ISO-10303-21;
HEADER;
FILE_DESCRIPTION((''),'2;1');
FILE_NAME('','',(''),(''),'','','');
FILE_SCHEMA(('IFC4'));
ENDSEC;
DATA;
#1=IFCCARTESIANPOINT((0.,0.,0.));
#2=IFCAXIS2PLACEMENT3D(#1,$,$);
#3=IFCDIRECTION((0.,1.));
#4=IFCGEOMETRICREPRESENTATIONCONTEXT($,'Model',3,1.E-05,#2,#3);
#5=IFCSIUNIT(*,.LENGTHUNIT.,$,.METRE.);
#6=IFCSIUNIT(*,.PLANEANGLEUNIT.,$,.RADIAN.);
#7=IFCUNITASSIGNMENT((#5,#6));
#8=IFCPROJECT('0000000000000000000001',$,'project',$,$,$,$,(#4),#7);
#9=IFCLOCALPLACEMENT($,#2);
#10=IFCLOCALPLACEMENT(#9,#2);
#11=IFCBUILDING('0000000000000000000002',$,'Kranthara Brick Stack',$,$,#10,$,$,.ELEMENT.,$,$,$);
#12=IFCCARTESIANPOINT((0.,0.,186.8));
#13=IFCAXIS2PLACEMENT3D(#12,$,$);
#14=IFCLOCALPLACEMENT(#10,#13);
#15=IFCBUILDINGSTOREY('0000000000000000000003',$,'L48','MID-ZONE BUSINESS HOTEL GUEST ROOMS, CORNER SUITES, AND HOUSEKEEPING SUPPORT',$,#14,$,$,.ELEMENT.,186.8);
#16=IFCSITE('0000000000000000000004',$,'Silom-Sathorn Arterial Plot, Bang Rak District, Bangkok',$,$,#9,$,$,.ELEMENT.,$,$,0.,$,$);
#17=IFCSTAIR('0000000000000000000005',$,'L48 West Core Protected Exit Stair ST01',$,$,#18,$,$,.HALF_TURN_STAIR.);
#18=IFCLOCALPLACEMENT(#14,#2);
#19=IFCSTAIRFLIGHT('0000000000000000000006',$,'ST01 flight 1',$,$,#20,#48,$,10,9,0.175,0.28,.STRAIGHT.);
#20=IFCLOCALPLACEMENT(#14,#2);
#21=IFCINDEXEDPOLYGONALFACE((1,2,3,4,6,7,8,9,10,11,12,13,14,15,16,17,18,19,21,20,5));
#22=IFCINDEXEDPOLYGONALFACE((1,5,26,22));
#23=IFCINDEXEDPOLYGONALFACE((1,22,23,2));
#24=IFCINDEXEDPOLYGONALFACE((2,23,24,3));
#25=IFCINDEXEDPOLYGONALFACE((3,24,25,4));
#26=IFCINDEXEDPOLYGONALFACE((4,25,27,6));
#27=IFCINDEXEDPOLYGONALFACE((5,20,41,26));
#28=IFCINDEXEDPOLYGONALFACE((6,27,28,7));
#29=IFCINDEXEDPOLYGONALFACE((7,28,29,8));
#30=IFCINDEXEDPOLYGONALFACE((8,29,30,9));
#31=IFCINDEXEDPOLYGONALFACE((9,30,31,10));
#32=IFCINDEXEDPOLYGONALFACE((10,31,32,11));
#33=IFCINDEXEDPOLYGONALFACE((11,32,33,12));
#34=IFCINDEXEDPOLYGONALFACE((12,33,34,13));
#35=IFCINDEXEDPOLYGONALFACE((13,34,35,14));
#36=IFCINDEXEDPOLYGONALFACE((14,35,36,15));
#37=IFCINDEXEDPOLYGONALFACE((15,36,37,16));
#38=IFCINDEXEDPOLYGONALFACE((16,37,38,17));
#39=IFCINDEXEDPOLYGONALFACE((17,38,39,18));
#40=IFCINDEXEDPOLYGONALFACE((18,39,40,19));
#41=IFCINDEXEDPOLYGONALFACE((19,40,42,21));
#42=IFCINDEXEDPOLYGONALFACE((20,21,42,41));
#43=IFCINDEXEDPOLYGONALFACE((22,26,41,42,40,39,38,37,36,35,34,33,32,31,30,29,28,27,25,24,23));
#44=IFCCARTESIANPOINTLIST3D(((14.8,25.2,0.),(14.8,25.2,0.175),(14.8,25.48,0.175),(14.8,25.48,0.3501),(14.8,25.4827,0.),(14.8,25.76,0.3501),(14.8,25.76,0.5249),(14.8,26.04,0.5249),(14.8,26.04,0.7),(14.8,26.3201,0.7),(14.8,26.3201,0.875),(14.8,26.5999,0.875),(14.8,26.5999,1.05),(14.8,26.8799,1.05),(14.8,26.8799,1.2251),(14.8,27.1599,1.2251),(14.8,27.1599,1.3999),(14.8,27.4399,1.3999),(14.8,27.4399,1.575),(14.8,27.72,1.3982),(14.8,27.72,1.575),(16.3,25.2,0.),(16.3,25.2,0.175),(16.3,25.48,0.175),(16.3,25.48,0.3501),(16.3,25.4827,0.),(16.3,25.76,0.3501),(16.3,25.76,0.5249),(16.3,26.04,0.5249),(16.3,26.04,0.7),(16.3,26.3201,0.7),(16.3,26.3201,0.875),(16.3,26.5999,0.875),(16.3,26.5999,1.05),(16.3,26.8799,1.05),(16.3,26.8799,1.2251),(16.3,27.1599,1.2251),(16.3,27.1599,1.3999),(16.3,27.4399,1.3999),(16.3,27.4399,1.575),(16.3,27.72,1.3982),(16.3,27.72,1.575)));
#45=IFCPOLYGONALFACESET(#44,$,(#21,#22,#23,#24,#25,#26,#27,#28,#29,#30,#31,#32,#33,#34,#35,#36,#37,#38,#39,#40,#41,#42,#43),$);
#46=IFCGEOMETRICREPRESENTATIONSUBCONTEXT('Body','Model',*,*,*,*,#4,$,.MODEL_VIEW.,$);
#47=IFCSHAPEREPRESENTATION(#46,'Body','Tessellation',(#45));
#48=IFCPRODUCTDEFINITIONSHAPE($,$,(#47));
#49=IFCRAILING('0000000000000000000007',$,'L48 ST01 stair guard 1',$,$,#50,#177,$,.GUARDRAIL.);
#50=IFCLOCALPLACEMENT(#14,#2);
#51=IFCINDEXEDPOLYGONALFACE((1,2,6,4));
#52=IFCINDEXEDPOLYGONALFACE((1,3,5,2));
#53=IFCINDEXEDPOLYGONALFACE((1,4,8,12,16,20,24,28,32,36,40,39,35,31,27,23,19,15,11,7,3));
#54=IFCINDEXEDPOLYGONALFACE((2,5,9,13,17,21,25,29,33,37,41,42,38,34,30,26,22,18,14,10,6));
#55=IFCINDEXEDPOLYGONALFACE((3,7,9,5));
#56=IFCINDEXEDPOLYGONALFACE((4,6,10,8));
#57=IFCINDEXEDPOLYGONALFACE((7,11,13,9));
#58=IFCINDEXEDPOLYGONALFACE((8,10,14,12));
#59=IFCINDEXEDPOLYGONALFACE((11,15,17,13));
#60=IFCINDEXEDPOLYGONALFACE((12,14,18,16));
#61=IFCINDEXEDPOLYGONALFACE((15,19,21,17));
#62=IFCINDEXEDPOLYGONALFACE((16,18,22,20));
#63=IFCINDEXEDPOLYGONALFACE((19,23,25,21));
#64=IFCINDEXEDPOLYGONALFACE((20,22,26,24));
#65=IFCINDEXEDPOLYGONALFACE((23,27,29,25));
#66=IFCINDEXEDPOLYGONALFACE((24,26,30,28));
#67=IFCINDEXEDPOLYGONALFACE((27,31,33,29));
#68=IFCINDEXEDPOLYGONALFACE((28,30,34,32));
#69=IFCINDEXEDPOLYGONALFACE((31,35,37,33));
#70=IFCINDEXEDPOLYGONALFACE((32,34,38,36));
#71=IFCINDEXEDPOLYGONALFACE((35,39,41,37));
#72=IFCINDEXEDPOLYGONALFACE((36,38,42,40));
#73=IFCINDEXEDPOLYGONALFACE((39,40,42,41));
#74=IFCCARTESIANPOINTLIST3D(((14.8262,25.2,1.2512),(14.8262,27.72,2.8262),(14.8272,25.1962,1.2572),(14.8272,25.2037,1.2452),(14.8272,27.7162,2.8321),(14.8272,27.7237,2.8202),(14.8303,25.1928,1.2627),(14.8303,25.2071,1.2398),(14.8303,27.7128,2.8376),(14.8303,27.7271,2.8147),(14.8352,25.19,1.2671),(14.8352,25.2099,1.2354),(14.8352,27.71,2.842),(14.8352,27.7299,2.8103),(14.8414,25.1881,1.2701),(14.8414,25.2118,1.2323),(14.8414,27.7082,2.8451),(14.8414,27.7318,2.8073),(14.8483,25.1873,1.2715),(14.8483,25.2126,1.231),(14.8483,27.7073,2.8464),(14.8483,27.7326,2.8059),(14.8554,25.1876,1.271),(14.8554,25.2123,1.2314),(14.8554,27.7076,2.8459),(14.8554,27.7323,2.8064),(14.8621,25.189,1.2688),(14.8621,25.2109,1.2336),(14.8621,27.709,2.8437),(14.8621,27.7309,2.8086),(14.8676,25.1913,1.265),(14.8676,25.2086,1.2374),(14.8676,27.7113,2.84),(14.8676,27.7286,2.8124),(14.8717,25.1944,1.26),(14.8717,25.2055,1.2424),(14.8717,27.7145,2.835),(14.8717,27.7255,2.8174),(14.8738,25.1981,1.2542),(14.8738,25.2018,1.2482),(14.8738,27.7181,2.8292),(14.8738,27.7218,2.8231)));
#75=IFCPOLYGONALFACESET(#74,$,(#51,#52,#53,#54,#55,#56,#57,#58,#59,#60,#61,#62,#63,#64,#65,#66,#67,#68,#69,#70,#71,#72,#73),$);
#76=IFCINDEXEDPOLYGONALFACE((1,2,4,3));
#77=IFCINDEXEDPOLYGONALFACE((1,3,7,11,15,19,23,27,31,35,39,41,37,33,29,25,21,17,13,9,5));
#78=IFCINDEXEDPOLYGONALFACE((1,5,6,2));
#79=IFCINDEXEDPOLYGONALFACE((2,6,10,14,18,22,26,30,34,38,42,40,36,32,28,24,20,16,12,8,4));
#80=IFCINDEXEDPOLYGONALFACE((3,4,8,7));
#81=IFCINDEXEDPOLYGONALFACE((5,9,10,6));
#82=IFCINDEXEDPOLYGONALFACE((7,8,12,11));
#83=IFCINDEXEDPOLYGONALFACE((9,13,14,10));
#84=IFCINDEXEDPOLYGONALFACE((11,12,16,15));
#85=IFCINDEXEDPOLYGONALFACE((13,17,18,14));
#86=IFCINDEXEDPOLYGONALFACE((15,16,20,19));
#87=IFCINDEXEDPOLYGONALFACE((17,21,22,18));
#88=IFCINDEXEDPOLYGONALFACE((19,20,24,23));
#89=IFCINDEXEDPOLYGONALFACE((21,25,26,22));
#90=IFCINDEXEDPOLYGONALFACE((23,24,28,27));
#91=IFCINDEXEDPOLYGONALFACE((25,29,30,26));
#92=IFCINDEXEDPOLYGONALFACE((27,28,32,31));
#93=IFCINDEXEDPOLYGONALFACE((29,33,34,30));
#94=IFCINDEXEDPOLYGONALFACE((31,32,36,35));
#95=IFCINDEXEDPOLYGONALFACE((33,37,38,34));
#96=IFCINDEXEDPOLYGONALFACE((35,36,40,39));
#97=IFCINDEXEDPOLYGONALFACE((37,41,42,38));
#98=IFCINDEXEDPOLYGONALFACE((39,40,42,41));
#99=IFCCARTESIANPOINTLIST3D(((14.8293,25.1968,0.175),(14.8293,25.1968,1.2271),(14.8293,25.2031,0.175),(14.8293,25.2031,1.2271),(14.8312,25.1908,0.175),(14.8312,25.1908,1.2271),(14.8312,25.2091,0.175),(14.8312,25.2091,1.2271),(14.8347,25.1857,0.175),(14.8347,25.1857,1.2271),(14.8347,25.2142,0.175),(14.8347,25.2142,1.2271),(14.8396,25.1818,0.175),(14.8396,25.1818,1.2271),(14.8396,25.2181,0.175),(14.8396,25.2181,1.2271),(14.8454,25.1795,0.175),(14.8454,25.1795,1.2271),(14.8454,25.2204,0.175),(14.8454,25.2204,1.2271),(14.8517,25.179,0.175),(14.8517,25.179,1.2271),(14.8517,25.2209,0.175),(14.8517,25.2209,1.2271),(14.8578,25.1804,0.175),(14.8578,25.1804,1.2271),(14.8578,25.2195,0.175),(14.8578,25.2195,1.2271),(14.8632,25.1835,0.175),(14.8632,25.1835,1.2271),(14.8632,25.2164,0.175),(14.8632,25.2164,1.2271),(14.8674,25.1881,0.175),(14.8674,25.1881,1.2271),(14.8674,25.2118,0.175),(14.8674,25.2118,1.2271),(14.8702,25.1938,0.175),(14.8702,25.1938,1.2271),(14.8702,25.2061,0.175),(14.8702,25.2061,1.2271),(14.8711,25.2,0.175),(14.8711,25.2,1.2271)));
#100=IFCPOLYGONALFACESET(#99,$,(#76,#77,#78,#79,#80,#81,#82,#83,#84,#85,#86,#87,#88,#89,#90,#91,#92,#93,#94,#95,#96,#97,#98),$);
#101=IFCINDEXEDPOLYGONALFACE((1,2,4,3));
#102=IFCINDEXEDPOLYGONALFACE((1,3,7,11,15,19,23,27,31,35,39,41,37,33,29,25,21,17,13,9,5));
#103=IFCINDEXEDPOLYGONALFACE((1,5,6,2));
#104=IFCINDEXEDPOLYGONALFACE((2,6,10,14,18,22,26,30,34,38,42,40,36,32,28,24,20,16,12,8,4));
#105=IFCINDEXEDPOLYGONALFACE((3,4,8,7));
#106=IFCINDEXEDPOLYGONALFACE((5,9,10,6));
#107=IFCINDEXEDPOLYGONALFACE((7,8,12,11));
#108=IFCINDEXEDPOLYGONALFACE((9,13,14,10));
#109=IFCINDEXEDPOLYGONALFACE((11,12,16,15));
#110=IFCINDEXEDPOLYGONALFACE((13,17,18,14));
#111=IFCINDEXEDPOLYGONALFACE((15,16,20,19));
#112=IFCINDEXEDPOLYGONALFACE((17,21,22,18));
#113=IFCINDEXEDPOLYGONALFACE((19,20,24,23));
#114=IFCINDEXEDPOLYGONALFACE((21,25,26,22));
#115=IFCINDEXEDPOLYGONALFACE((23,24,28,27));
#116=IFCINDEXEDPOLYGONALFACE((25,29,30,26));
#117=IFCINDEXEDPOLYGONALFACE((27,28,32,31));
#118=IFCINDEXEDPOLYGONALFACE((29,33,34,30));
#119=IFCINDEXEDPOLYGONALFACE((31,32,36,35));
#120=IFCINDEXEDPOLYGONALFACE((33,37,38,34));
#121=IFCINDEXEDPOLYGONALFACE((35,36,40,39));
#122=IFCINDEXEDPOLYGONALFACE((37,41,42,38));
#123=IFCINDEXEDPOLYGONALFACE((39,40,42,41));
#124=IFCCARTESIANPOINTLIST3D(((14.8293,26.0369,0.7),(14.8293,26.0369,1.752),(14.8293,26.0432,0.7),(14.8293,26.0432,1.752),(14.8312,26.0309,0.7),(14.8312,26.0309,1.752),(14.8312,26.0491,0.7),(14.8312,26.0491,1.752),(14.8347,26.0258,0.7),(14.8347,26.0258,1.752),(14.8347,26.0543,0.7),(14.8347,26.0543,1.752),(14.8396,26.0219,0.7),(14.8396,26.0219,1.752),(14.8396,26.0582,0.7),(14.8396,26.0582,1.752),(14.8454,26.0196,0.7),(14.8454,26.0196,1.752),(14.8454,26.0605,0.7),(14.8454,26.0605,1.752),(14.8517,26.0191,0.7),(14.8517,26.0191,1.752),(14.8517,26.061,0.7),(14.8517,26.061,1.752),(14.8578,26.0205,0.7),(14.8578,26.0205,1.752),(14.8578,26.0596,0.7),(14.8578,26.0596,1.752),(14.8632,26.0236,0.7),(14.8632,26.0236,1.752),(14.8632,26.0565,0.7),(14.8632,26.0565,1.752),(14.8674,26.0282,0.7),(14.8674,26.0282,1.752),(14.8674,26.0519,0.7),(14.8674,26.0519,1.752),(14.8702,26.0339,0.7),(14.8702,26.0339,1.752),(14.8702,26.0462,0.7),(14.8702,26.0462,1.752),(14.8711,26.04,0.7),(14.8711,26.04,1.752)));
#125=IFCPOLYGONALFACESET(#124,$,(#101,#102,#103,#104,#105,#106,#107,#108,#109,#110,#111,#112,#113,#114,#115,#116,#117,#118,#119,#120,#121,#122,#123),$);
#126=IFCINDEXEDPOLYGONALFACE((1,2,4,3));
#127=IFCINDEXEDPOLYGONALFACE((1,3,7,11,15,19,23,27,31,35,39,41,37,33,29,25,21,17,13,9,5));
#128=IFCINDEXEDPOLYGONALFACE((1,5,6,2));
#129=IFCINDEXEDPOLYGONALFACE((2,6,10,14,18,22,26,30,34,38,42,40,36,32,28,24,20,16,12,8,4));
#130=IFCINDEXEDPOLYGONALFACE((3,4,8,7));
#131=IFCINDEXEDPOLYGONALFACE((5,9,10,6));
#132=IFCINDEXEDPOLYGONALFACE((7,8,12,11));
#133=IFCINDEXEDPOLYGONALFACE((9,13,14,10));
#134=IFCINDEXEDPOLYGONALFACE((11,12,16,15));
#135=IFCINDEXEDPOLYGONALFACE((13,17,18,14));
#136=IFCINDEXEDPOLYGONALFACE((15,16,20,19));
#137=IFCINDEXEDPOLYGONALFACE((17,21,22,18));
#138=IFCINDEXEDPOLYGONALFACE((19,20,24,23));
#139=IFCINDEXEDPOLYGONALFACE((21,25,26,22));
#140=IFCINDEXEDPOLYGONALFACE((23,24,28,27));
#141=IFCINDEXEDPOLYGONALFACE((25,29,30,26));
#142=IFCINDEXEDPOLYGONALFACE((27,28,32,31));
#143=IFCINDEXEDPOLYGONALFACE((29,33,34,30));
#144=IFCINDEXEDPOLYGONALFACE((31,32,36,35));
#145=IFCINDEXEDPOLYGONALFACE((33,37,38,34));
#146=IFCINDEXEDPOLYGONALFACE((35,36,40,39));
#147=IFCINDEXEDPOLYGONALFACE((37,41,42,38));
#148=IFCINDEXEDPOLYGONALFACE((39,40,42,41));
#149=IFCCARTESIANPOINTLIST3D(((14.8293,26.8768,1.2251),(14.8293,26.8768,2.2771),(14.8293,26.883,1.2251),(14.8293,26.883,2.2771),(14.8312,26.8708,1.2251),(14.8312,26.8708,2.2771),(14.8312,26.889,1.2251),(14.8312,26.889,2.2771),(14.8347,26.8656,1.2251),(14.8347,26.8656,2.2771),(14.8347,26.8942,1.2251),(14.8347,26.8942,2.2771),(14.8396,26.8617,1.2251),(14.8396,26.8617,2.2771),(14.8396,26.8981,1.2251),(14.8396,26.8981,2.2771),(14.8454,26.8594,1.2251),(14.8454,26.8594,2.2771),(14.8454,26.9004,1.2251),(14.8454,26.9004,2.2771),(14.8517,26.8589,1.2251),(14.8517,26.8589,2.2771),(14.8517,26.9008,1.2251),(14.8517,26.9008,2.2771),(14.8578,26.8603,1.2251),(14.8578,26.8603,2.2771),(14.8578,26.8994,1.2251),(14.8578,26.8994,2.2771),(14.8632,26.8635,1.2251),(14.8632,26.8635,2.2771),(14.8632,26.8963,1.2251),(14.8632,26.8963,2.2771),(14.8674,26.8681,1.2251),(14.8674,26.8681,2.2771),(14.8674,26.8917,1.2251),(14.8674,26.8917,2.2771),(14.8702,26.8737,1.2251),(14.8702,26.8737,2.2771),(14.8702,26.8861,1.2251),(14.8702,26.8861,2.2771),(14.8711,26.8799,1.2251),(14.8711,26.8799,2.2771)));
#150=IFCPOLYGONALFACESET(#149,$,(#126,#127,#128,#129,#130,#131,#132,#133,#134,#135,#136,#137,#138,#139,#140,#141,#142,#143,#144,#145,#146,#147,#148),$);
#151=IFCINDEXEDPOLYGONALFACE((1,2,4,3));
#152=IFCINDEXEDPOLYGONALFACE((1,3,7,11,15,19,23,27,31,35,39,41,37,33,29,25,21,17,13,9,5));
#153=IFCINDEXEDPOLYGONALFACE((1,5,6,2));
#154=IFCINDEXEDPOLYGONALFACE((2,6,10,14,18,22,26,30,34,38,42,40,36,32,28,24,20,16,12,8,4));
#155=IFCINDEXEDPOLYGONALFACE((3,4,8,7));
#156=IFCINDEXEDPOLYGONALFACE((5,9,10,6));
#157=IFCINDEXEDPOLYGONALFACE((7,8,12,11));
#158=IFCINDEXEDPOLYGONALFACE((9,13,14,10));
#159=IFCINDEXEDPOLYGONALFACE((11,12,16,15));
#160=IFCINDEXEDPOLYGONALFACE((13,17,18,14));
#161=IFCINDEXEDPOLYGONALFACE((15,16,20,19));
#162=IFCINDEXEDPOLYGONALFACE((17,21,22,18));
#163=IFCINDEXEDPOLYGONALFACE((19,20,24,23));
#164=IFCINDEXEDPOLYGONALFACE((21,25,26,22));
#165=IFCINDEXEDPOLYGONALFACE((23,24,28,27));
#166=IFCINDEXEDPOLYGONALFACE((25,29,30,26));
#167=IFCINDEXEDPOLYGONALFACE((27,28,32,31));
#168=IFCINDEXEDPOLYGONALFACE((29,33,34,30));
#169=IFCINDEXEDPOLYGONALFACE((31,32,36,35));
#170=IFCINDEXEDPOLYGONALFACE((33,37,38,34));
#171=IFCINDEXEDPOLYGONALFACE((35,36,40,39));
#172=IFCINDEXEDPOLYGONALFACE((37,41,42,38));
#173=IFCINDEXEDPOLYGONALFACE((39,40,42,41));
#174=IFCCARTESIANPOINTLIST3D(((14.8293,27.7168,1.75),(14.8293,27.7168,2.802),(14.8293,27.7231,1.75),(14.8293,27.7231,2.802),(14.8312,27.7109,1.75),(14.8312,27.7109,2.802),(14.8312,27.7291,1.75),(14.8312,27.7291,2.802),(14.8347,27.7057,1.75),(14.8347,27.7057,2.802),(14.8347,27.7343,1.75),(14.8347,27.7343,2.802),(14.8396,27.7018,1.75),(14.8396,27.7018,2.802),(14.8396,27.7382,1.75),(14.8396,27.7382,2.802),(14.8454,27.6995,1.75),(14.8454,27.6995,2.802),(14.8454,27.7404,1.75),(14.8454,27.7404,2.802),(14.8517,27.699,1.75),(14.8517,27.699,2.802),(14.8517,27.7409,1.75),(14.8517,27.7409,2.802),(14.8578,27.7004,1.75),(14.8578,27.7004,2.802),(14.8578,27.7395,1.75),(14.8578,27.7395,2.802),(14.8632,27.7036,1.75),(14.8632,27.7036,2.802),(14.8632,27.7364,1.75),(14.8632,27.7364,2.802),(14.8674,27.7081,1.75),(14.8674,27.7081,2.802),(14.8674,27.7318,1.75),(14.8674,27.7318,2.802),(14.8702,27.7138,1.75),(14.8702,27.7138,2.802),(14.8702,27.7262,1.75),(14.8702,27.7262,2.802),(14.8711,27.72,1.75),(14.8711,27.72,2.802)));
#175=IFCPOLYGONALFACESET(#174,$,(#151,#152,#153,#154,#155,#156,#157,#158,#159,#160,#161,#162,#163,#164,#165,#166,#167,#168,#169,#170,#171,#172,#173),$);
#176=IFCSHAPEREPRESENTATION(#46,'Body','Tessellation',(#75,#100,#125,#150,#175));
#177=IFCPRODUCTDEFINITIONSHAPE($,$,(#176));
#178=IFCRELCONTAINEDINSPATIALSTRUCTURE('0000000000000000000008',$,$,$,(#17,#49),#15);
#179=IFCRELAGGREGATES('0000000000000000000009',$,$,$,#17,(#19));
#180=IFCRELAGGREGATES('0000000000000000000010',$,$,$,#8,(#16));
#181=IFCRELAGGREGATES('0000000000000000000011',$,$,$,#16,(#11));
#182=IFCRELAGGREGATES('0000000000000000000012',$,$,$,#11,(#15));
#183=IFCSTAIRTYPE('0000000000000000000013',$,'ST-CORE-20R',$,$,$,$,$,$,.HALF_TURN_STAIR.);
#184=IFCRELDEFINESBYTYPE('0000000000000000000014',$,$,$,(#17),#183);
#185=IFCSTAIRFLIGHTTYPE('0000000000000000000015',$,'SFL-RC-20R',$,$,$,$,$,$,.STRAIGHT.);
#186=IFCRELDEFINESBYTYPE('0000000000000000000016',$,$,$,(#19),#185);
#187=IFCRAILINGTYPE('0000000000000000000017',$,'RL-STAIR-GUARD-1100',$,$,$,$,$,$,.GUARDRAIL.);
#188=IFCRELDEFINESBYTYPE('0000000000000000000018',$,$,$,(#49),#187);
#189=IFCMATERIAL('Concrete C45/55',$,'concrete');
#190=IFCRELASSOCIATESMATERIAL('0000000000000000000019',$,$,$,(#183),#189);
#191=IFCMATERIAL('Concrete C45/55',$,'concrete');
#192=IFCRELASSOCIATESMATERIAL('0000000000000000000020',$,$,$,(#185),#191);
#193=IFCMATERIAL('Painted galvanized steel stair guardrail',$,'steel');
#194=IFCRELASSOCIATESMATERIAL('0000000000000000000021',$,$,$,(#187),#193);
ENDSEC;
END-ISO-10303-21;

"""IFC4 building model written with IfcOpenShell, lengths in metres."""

from ifc_helpers import new_model, si_unit, direction, frame, origin, origin_2d, place, context, subcontext, project, spatial, polyline, circle, outline, extrude, material, type_object, element, aggregate, save


model = new_model("IFC4")

# Units and contexts
model_context = context("Model", 3, precision=1e-05, world=origin(), true_north=direction((0.0, 1.0)))
body_context = subcontext(model_context, "Body", "Model", "MODEL_VIEW")
ifc_project = project(units=[si_unit("LENGTHUNIT", "METRE"), si_unit("PLANEANGLEUNIT", "RADIAN")], contexts=[model_context])

# Site, building, storey
site_placement = place(None, origin())
site = spatial("IfcSite", under=ifc_project, at=site_placement, Name="Silom-Sathorn Arterial Plot, Bang Rak District, Bangkok", CompositionType="ELEMENT", RefElevation=0.0)
building_placement = place(site_placement, origin())
building = spatial("IfcBuilding", under=site, at=building_placement, Name="Kranthara Brick Stack", CompositionType="ELEMENT")
storey_placement = place(building_placement, frame((0.0, 0.0, 186.8)))
storey = spatial("IfcBuildingStorey", under=building, at=storey_placement, Name="L48", Description="MID-ZONE BUSINESS HOTEL GUEST ROOMS, CORNER SUITES, AND HOUSEKEEPING SUPPORT", CompositionType="ELEMENT", Elevation=186.8)

# Stair, stair flight
ifc_material_1 = material(Name="Concrete C45/55", Category="concrete")
stair_type = type_object("IfcStairType", Name="ST-CORE-20R", PredefinedType="HALF_TURN_STAIR", material=ifc_material_1)
stair_placement = place(storey_placement, origin())
stair = element("IfcStair", 1, at=stair_placement, inside=storey, type_object=stair_type, Name="L48 West Core Protected Exit Stair ST01", PredefinedType="HALF_TURN_STAIR")
ifc_material_2 = material(Name="Concrete C45/55", Category="concrete")
stair_flight_type = type_object("IfcStairFlightType", Name="SFL-RC-20R", PredefinedType="STRAIGHT", material=ifc_material_2)
stair_flight_placement = place(storey_placement, frame((15.55, 25.2, 0.0), z_axis=(0.0, 0.0, 1.0), x_axis=(0.0, 1.0, 0.0)))
stair_flight = element("IfcStairFlight", 2, at=stair_flight_placement, type_object=stair_flight_type, Name="ST01 flight 1", NumberOfRisers=10, NumberOfTreads=9, PredefinedType="STRAIGHT", RiserHeight=0.175, TreadLength=0.28, context=body_context, shape_type="SweptSolid", body=[
    extrude(outline(polyline([(0.0, 0.0), (0.0, 0.175), (0.28, 0.175), (0.28, 0.3501), (0.5601, 0.3501), (0.5601, 0.5249), (0.8401, 0.5249), (0.8401, 0.7), (1.1201, 0.7), (1.1201, 0.875), (1.3999, 0.875), (1.3999, 1.05), (1.6799, 1.05), (1.6799, 1.2251), (1.96, 1.2251), (1.96, 1.3999), (2.24, 1.3999), (2.24, 1.575), (2.52, 1.575), (2.52, 1.75), (2.52, 1.3982), (0.2827, 0.0), (0.0, 0.0)])), frame((0.0, 0.75, 0.0), z_axis=(0.0, -1.0, 0.0), x_axis=(1.0, 0.0, 0.0)), (0.0, 0.0, 1.0), 1.5),
])
aggregate(stair, [stair_flight])

# Railing
ifc_material_3 = material(Name="Painted galvanized steel stair guardrail", Category="steel")
railing_type_1 = type_object("IfcRailingType", Name="RL-STAIR-GUARD-1100", PredefinedType="GUARDRAIL", material=ifc_material_3)
railing_1_placement = place(storey_placement, frame((14.8501, 25.2, 0.175)))
element("IfcRailing", 3, at=railing_1_placement, inside=storey, type_object=railing_type_1, Name="L48 ST01 stair guard 1", PredefinedType="GUARDRAIL", context=body_context, shape_type="SweptSolid", body=[
    extrude(circle(Radius=0.0239, at=origin_2d()), frame((0.0, 0.0, 1.0762), z_axis=(0.0, 0.848008, 0.529984), x_axis=(-1.0, 0.0, 0.0)), (0.0, 0.0, 1.0), 2.9717),
    extrude(circle(Radius=0.021, at=origin_2d()), origin(), (0.0, 0.0, 1.0), 1.052),
    extrude(circle(Radius=0.021, at=origin_2d()), frame((0.0, 0.8401, 0.5249)), (0.0, 0.0, 1.0), 1.052),
    extrude(circle(Radius=0.021, at=origin_2d()), frame((0.0, 1.6799, 1.05)), (0.0, 0.0, 1.0), 1.052),
    extrude(circle(Radius=0.021, at=origin_2d()), frame((0.0, 2.52, 1.575)), (0.0, 0.0, 1.0), 1.052),
])

save(model, "model.ifc")
